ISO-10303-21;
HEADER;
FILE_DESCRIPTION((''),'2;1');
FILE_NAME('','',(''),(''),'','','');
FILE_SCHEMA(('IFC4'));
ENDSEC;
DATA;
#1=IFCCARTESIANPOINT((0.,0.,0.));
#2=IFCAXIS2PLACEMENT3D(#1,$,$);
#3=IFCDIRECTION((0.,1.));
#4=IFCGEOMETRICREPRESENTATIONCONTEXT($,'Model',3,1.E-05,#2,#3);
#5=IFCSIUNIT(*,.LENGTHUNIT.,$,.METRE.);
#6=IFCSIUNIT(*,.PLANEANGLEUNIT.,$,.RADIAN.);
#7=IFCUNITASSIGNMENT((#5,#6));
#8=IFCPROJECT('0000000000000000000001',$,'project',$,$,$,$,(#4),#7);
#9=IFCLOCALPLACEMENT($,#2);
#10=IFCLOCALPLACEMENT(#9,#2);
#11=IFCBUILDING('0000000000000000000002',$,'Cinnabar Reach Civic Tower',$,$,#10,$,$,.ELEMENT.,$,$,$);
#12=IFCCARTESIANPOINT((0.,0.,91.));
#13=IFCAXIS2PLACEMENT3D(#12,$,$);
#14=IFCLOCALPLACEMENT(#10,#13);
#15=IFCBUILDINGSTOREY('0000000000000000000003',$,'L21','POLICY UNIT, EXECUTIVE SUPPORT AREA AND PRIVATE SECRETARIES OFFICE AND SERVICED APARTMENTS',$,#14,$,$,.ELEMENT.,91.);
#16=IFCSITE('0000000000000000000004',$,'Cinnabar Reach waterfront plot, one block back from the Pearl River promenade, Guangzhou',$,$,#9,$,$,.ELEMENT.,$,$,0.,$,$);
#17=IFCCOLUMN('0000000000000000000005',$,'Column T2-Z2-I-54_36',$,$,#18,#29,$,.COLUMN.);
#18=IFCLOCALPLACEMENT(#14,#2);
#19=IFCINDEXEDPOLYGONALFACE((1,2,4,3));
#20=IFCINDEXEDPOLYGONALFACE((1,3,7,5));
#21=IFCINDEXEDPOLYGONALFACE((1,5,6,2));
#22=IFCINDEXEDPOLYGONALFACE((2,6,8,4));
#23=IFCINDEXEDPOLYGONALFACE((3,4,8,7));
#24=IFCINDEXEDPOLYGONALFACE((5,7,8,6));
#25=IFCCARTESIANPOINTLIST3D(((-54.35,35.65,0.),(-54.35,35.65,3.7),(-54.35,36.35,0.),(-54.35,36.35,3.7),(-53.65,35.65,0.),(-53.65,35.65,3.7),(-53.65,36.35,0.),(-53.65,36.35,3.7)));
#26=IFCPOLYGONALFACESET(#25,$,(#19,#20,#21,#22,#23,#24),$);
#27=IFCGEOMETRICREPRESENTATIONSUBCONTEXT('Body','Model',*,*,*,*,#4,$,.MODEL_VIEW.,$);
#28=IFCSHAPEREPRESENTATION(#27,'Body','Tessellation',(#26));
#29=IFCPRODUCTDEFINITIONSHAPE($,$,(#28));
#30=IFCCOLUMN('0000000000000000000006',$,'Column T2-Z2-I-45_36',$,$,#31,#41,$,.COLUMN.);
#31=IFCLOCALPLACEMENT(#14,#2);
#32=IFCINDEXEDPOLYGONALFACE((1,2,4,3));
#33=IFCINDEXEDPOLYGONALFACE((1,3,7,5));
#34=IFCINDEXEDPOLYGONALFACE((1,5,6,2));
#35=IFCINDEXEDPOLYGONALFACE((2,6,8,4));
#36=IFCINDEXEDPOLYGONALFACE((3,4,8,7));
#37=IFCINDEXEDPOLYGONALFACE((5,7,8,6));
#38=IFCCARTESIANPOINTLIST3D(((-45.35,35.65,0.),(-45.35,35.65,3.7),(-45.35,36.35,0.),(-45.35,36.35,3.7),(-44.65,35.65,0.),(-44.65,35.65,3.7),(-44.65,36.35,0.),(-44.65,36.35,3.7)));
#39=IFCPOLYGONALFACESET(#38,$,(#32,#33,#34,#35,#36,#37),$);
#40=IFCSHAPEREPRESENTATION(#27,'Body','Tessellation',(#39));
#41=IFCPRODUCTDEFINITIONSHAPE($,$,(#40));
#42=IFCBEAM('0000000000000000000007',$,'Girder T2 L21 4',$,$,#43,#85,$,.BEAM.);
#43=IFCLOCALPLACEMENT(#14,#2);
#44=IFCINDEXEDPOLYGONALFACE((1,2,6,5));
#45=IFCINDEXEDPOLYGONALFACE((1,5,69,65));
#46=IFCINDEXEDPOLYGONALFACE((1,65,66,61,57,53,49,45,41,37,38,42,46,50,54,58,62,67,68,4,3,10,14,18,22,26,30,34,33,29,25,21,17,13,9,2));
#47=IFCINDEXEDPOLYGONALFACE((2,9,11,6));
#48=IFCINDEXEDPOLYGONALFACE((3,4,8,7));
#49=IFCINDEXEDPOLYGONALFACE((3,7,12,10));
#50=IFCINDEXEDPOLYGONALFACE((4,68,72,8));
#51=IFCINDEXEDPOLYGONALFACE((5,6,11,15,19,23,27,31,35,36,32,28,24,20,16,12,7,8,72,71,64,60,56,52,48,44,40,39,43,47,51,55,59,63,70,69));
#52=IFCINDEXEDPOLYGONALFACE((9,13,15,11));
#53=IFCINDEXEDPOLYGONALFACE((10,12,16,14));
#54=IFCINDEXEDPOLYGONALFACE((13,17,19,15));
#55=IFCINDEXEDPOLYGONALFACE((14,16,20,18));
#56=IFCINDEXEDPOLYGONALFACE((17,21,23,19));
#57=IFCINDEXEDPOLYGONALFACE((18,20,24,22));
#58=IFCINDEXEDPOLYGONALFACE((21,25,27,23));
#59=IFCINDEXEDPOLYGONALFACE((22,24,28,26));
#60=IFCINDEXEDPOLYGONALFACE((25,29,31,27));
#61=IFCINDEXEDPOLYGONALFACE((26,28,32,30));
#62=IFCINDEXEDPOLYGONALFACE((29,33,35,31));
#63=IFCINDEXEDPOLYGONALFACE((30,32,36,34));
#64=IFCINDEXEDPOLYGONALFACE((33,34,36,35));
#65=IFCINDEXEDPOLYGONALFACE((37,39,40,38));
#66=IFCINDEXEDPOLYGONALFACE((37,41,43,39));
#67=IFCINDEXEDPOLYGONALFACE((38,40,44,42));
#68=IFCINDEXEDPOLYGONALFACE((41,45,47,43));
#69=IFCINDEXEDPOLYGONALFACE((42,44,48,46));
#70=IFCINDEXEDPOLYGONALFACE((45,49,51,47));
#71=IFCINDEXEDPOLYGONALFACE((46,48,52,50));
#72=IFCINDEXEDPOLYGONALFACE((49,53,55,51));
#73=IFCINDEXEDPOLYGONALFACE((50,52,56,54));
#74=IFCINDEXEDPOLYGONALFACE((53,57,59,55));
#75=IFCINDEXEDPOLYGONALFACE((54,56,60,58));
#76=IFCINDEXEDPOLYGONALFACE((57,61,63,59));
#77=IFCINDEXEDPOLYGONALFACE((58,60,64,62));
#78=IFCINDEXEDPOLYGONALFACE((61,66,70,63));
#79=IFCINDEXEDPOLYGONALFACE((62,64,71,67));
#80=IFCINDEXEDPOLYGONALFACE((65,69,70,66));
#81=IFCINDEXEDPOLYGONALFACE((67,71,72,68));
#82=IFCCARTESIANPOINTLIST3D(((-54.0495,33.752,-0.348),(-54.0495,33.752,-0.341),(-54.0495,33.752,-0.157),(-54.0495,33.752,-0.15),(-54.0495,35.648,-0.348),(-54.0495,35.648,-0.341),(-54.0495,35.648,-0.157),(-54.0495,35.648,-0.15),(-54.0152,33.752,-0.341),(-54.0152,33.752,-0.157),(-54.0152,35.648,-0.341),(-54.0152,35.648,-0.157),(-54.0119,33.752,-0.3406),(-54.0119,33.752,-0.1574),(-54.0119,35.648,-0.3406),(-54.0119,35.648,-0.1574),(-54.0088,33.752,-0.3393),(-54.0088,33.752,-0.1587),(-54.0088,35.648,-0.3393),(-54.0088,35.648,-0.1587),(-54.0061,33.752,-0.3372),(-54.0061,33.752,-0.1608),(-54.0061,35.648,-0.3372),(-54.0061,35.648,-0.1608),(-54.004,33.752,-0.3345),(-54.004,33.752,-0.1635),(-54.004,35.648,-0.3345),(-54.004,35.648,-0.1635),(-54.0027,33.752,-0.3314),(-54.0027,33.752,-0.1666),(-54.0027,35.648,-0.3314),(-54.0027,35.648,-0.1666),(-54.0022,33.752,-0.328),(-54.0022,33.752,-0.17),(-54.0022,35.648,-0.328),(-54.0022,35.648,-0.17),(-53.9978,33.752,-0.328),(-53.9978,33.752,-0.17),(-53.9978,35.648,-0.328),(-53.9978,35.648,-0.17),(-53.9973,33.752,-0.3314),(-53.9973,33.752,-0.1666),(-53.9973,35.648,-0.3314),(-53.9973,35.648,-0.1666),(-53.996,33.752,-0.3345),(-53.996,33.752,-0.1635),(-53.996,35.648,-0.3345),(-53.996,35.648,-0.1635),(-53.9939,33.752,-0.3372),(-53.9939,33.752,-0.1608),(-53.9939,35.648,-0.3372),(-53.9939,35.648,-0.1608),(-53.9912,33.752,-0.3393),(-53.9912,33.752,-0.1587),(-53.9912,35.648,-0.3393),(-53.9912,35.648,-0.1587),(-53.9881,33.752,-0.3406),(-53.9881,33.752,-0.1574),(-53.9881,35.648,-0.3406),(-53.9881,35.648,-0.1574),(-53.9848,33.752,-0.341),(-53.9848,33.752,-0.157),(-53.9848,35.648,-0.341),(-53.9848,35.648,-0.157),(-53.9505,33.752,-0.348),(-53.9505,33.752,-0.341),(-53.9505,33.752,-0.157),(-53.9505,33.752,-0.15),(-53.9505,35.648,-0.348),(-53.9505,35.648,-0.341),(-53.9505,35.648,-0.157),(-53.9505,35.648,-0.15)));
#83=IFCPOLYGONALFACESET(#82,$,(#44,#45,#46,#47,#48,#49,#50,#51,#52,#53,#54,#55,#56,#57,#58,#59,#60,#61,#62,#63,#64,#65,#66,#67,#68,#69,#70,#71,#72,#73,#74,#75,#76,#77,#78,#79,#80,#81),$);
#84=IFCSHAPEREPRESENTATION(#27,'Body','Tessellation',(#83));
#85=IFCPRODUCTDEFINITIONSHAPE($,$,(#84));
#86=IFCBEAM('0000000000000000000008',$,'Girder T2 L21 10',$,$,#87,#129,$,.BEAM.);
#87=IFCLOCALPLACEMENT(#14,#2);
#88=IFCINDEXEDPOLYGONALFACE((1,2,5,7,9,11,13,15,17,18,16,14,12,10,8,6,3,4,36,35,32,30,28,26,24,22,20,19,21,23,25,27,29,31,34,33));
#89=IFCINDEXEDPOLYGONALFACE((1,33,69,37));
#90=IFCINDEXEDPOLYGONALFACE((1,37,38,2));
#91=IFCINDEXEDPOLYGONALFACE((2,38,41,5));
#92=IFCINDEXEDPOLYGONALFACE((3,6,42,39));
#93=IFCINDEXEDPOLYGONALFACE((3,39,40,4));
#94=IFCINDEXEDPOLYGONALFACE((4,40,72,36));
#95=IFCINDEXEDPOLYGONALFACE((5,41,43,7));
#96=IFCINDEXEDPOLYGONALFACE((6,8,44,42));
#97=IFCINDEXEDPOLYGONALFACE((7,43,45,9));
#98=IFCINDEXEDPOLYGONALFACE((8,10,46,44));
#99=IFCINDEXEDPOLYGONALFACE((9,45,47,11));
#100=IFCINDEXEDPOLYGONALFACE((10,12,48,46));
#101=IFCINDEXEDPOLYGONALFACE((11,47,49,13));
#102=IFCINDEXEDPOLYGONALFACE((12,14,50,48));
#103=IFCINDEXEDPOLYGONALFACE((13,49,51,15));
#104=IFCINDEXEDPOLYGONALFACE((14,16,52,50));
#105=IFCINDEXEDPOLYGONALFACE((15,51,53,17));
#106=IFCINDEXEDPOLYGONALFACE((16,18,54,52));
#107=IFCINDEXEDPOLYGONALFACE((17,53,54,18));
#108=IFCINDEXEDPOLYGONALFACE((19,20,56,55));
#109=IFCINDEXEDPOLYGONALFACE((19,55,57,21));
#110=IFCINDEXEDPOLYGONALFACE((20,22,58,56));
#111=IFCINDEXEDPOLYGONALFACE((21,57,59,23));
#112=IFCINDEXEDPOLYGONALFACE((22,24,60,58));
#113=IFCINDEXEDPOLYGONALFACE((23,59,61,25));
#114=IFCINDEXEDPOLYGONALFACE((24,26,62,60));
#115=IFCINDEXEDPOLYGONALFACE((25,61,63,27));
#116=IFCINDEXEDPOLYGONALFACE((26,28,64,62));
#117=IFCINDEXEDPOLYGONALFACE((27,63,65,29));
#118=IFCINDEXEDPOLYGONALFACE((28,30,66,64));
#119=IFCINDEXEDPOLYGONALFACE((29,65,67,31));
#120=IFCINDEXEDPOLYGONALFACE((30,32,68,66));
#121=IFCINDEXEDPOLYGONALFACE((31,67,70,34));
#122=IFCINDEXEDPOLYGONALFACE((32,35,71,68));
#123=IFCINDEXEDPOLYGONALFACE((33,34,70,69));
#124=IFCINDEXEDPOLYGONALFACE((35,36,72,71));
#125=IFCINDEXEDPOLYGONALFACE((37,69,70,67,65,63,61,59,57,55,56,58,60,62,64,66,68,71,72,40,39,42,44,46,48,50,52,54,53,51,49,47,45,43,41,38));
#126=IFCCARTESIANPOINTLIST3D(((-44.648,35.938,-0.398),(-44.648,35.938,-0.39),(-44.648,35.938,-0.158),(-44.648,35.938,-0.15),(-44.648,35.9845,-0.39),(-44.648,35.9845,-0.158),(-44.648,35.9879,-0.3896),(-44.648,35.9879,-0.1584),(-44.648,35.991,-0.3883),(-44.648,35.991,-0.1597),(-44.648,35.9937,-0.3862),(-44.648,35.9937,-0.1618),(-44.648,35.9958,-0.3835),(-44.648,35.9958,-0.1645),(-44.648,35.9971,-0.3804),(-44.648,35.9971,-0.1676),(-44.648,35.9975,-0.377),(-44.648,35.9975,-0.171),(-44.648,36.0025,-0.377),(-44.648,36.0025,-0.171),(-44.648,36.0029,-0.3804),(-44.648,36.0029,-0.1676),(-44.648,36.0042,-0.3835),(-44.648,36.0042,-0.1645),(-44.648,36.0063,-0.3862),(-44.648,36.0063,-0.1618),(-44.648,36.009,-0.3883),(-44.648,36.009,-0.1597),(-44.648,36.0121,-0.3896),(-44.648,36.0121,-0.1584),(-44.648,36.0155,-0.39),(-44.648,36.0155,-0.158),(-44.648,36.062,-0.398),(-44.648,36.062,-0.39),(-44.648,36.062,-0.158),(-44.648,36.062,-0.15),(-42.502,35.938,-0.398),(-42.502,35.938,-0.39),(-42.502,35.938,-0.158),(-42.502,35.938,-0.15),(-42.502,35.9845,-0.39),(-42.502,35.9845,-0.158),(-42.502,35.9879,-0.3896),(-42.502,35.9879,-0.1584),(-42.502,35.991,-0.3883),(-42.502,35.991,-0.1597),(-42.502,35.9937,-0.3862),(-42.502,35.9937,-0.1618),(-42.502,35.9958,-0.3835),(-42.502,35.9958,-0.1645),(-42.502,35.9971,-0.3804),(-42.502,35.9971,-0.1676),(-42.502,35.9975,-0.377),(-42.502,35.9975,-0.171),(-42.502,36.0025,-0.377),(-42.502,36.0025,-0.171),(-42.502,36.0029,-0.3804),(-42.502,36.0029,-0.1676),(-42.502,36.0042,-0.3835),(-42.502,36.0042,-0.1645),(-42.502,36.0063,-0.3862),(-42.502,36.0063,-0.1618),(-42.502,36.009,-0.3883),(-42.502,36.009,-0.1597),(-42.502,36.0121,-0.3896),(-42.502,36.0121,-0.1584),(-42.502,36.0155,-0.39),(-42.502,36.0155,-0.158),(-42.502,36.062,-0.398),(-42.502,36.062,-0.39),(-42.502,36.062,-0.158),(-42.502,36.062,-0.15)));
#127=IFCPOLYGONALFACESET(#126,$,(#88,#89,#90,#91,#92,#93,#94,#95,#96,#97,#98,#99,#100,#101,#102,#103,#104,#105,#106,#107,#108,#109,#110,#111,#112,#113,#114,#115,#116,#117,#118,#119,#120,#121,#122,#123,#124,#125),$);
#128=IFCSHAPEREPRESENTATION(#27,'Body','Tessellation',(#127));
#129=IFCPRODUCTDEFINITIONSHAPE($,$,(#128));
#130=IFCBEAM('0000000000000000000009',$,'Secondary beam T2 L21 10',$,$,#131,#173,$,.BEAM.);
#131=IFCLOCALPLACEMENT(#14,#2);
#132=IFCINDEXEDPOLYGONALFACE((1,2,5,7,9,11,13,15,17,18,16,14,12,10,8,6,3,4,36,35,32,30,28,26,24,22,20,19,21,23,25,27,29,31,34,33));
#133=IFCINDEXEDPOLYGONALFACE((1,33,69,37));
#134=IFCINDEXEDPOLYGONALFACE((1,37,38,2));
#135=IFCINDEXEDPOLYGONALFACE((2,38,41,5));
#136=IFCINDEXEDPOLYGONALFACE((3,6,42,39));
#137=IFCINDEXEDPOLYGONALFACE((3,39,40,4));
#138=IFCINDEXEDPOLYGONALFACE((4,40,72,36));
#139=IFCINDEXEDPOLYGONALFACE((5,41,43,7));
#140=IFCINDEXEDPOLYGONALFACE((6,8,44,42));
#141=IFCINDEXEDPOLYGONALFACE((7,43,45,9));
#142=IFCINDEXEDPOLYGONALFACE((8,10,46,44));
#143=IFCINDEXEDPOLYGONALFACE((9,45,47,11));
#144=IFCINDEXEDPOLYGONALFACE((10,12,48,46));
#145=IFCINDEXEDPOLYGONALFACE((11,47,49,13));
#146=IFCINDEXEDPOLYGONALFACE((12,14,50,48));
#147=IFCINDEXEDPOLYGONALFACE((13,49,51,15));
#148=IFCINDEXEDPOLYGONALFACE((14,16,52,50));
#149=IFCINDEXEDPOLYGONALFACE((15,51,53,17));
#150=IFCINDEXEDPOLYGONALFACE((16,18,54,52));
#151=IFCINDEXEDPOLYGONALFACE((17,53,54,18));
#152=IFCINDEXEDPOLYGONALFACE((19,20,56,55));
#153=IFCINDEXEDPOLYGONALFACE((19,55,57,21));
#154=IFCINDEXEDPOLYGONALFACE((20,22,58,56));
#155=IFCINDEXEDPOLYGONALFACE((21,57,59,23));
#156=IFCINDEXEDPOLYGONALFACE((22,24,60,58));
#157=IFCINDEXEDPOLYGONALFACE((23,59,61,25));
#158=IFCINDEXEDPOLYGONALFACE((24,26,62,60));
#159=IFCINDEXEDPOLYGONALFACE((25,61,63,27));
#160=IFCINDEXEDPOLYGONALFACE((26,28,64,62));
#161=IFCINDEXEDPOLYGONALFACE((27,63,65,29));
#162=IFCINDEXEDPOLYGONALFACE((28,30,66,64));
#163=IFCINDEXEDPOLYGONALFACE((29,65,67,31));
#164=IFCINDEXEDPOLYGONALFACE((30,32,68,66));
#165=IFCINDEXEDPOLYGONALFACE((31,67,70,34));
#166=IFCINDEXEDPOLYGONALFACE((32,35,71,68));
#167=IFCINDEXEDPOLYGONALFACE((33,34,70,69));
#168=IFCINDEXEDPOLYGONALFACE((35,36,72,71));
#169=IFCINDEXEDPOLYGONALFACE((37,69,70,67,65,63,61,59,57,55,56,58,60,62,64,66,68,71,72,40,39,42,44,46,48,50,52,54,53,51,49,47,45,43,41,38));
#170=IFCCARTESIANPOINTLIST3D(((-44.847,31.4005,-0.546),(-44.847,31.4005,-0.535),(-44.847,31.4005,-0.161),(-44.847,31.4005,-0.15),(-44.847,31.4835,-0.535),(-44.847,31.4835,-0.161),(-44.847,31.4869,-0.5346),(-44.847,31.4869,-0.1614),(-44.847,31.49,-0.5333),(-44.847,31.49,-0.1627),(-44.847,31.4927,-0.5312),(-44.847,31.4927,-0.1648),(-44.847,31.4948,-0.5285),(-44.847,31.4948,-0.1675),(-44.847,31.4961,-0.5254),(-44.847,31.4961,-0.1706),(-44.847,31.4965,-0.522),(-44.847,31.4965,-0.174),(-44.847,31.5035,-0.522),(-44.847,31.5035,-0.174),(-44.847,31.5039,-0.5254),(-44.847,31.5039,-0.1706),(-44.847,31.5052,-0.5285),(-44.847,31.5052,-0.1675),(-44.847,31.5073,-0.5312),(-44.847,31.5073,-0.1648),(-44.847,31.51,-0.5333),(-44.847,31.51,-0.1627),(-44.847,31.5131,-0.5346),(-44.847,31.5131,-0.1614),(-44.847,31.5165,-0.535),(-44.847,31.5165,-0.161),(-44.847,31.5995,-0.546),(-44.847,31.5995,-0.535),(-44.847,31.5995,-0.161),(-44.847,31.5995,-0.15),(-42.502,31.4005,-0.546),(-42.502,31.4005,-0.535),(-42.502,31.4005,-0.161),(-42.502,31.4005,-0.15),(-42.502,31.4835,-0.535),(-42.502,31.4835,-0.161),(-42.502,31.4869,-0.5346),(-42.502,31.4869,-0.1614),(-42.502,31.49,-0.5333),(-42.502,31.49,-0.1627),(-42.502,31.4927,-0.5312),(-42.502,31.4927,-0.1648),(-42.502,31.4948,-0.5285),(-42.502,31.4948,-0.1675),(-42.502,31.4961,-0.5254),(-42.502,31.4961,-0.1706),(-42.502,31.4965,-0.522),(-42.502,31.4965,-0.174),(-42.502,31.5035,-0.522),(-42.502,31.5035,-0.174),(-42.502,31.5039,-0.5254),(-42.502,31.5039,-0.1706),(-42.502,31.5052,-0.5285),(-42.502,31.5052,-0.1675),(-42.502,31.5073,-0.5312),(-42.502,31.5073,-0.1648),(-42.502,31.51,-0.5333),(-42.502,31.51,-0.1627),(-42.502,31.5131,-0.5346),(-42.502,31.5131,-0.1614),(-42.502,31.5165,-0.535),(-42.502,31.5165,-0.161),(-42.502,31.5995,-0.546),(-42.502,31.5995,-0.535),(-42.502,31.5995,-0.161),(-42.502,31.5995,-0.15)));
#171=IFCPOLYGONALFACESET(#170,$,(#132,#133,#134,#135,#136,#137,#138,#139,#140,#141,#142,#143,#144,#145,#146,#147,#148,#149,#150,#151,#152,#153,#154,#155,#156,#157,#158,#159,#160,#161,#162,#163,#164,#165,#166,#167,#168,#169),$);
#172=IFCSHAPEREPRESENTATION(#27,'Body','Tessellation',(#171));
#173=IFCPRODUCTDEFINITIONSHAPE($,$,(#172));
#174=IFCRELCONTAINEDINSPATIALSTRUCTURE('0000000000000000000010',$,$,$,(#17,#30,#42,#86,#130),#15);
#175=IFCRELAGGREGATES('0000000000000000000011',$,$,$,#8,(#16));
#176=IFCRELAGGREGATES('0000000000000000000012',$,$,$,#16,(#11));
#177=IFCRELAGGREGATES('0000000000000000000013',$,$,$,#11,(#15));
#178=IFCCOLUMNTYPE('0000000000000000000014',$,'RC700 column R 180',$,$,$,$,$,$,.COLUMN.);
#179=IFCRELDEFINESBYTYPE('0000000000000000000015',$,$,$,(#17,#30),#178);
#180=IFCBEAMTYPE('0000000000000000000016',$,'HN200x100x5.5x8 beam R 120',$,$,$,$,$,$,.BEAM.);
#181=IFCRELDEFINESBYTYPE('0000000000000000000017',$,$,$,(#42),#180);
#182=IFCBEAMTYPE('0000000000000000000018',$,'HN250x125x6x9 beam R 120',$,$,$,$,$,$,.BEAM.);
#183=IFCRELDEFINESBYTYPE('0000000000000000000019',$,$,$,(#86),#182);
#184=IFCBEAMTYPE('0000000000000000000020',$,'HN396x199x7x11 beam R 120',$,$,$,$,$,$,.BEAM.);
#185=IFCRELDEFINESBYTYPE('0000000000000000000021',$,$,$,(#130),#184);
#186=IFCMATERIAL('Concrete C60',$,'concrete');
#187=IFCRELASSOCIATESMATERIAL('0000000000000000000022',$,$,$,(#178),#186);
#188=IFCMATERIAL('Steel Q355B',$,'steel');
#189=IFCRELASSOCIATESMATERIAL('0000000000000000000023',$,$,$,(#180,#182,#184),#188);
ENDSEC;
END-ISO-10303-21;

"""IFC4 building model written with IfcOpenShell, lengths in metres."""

from ifc_helpers import new_model, si_unit, direction, frame, origin, origin_2d, place, context, subcontext, project, spatial, rectangle, i_section, extrude, material, material_profile, profile_set, type_object, element, save


model = new_model("IFC4")

# Units and contexts
model_context = context("Model", 3, precision=1e-05, world=origin(), true_north=direction((0.0, 1.0)))
body_context = subcontext(model_context, "Body", "Model", "MODEL_VIEW")
ifc_project = project(units=[si_unit("LENGTHUNIT", "METRE"), si_unit("PLANEANGLEUNIT", "RADIAN")], contexts=[model_context])

# Site, building, storey
site_placement = place(None, origin())
site = spatial("IfcSite", under=ifc_project, at=site_placement, Name="Cinnabar Reach waterfront plot, one block back from the Pearl River promenade, Guangzhou", CompositionType="ELEMENT", RefElevation=0.0)
building_placement = place(site_placement, origin())
building = spatial("IfcBuilding", under=site, at=building_placement, Name="Cinnabar Reach Civic Tower", CompositionType="ELEMENT")
storey_placement = place(building_placement, frame((0.0, 0.0, 91.0)))
storey = spatial("IfcBuildingStorey", under=building, at=storey_placement, Name="L21", Description="POLICY UNIT, EXECUTIVE SUPPORT AREA AND PRIVATE SECRETARIES OFFICE AND SERVICED APARTMENTS", CompositionType="ELEMENT", Elevation=91.0)

# Columns
ifc_material_1 = material(Name="Concrete C60", Category="concrete")
ifc_material_profile_1 = material_profile(ifc_material_1, rectangle(XDim=0.7, YDim=0.7, at=origin_2d()), Name="RC700")
ifc_profile_set_1 = profile_set([ifc_material_profile_1], Name="Concrete C60")
column_type = type_object("IfcColumnType", Name="RC700 column R 180", PredefinedType="COLUMN", material=ifc_profile_set_1)
for number, where, z_axis, x_axis, name in (
    (1, (-54.0, 36.0, 0.0), (0.0, 0.0, 1.0), (1.0, 0.0, 0.0), "Column T2-Z2-I-54_36"),
    (2, (-45.0, 36.0, 0.0), (0.0, 0.0, 1.0), (1.0, 0.0, 0.0), "Column T2-Z2-I-45_36"),
):
    element("IfcColumn", number, at=place(storey_placement, frame(where, z_axis=z_axis, x_axis=x_axis)), inside=storey, type_object=column_type, Name=name, PredefinedType="COLUMN", context=body_context, shape_type="SweptSolid", body=[
        extrude(rectangle(XDim=0.7, YDim=0.7, at=origin_2d()), origin(), (0.0, 0.0, 1.0), 3.7),
    ])

# Beams
ifc_material_2 = material(Name="Steel Q355B", Category="steel")
ifc_material_profile_2 = material_profile(ifc_material_2, i_section(OverallWidth=0.099, OverallDepth=0.198, WebThickness=0.0045, FlangeThickness=0.007, FilletRadius=0.013, at=origin_2d()), Name="HN200x100x5.5x8")
ifc_profile_set_2 = profile_set([ifc_material_profile_2], Name="Steel Q355B")
beam_type_1 = type_object("IfcBeamType", Name="HN200x100x5.5x8 beam R 120", PredefinedType="BEAM", material=ifc_profile_set_2)
beam_1_placement = place(storey_placement, frame((-54.0, 33.752, -0.249), z_axis=(0.0, 1.0, 0.0), x_axis=(-1.0, 0.0, 0.0)))
element("IfcBeam", 3, at=beam_1_placement, inside=storey, type_object=beam_type_1, Name="Girder T2 L21 4", PredefinedType="BEAM", context=body_context, shape_type="SweptSolid", body=[
    extrude(i_section(OverallWidth=0.099, OverallDepth=0.198, WebThickness=0.0045, FlangeThickness=0.007, FilletRadius=0.013, at=origin_2d()), origin(), (0.0, 0.0, 1.0), 1.896),
])
ifc_material_profile_3 = material_profile(ifc_material_2, i_section(OverallWidth=0.124, OverallDepth=0.248, WebThickness=0.005, FlangeThickness=0.008, FilletRadius=0.013, at=origin_2d()), Name="HN250x125x6x9")
ifc_profile_set_3 = profile_set([ifc_material_profile_3], Name="Steel Q355B")
beam_type_2 = type_object("IfcBeamType", Name="HN250x125x6x9 beam R 120", PredefinedType="BEAM", material=ifc_profile_set_3)
beam_2_placement = place(storey_placement, frame((-44.648, 36.0, -0.274), z_axis=(1.0, 0.0, 0.0), x_axis=(0.0, 1.0, 0.0)))
element("IfcBeam", 4, at=beam_2_placement, inside=storey, type_object=beam_type_2, Name="Girder T2 L21 10", PredefinedType="BEAM", context=body_context, shape_type="SweptSolid", body=[
    extrude(i_section(OverallWidth=0.124, OverallDepth=0.248, WebThickness=0.005, FlangeThickness=0.008, FilletRadius=0.013, at=origin_2d()), origin(), (0.0, 0.0, 1.0), 2.146),
])
ifc_material_profile_4 = material_profile(ifc_material_2, i_section(OverallWidth=0.199, OverallDepth=0.396, WebThickness=0.007, FlangeThickness=0.011, FilletRadius=0.013, at=origin_2d()), Name="HN396x199x7x11")
ifc_profile_set_4 = profile_set([ifc_material_profile_4], Name="Steel Q355B")
beam_type_3 = type_object("IfcBeamType", Name="HN396x199x7x11 beam R 120", PredefinedType="BEAM", material=ifc_profile_set_4)
beam_3_placement = place(storey_placement, frame((-44.847, 31.5, -0.348), z_axis=(1.0, 0.0, 0.0), x_axis=(0.0, 1.0, 0.0)))
element("IfcBeam", 5, at=beam_3_placement, inside=storey, type_object=beam_type_3, Name="Secondary beam T2 L21 10", PredefinedType="BEAM", context=body_context, shape_type="SweptSolid", body=[
    extrude(i_section(OverallWidth=0.199, OverallDepth=0.396, WebThickness=0.007, FlangeThickness=0.011, FilletRadius=0.013, at=origin_2d()), origin(), (0.0, 0.0, 1.0), 2.345),
])

save(model, "model.ifc")
